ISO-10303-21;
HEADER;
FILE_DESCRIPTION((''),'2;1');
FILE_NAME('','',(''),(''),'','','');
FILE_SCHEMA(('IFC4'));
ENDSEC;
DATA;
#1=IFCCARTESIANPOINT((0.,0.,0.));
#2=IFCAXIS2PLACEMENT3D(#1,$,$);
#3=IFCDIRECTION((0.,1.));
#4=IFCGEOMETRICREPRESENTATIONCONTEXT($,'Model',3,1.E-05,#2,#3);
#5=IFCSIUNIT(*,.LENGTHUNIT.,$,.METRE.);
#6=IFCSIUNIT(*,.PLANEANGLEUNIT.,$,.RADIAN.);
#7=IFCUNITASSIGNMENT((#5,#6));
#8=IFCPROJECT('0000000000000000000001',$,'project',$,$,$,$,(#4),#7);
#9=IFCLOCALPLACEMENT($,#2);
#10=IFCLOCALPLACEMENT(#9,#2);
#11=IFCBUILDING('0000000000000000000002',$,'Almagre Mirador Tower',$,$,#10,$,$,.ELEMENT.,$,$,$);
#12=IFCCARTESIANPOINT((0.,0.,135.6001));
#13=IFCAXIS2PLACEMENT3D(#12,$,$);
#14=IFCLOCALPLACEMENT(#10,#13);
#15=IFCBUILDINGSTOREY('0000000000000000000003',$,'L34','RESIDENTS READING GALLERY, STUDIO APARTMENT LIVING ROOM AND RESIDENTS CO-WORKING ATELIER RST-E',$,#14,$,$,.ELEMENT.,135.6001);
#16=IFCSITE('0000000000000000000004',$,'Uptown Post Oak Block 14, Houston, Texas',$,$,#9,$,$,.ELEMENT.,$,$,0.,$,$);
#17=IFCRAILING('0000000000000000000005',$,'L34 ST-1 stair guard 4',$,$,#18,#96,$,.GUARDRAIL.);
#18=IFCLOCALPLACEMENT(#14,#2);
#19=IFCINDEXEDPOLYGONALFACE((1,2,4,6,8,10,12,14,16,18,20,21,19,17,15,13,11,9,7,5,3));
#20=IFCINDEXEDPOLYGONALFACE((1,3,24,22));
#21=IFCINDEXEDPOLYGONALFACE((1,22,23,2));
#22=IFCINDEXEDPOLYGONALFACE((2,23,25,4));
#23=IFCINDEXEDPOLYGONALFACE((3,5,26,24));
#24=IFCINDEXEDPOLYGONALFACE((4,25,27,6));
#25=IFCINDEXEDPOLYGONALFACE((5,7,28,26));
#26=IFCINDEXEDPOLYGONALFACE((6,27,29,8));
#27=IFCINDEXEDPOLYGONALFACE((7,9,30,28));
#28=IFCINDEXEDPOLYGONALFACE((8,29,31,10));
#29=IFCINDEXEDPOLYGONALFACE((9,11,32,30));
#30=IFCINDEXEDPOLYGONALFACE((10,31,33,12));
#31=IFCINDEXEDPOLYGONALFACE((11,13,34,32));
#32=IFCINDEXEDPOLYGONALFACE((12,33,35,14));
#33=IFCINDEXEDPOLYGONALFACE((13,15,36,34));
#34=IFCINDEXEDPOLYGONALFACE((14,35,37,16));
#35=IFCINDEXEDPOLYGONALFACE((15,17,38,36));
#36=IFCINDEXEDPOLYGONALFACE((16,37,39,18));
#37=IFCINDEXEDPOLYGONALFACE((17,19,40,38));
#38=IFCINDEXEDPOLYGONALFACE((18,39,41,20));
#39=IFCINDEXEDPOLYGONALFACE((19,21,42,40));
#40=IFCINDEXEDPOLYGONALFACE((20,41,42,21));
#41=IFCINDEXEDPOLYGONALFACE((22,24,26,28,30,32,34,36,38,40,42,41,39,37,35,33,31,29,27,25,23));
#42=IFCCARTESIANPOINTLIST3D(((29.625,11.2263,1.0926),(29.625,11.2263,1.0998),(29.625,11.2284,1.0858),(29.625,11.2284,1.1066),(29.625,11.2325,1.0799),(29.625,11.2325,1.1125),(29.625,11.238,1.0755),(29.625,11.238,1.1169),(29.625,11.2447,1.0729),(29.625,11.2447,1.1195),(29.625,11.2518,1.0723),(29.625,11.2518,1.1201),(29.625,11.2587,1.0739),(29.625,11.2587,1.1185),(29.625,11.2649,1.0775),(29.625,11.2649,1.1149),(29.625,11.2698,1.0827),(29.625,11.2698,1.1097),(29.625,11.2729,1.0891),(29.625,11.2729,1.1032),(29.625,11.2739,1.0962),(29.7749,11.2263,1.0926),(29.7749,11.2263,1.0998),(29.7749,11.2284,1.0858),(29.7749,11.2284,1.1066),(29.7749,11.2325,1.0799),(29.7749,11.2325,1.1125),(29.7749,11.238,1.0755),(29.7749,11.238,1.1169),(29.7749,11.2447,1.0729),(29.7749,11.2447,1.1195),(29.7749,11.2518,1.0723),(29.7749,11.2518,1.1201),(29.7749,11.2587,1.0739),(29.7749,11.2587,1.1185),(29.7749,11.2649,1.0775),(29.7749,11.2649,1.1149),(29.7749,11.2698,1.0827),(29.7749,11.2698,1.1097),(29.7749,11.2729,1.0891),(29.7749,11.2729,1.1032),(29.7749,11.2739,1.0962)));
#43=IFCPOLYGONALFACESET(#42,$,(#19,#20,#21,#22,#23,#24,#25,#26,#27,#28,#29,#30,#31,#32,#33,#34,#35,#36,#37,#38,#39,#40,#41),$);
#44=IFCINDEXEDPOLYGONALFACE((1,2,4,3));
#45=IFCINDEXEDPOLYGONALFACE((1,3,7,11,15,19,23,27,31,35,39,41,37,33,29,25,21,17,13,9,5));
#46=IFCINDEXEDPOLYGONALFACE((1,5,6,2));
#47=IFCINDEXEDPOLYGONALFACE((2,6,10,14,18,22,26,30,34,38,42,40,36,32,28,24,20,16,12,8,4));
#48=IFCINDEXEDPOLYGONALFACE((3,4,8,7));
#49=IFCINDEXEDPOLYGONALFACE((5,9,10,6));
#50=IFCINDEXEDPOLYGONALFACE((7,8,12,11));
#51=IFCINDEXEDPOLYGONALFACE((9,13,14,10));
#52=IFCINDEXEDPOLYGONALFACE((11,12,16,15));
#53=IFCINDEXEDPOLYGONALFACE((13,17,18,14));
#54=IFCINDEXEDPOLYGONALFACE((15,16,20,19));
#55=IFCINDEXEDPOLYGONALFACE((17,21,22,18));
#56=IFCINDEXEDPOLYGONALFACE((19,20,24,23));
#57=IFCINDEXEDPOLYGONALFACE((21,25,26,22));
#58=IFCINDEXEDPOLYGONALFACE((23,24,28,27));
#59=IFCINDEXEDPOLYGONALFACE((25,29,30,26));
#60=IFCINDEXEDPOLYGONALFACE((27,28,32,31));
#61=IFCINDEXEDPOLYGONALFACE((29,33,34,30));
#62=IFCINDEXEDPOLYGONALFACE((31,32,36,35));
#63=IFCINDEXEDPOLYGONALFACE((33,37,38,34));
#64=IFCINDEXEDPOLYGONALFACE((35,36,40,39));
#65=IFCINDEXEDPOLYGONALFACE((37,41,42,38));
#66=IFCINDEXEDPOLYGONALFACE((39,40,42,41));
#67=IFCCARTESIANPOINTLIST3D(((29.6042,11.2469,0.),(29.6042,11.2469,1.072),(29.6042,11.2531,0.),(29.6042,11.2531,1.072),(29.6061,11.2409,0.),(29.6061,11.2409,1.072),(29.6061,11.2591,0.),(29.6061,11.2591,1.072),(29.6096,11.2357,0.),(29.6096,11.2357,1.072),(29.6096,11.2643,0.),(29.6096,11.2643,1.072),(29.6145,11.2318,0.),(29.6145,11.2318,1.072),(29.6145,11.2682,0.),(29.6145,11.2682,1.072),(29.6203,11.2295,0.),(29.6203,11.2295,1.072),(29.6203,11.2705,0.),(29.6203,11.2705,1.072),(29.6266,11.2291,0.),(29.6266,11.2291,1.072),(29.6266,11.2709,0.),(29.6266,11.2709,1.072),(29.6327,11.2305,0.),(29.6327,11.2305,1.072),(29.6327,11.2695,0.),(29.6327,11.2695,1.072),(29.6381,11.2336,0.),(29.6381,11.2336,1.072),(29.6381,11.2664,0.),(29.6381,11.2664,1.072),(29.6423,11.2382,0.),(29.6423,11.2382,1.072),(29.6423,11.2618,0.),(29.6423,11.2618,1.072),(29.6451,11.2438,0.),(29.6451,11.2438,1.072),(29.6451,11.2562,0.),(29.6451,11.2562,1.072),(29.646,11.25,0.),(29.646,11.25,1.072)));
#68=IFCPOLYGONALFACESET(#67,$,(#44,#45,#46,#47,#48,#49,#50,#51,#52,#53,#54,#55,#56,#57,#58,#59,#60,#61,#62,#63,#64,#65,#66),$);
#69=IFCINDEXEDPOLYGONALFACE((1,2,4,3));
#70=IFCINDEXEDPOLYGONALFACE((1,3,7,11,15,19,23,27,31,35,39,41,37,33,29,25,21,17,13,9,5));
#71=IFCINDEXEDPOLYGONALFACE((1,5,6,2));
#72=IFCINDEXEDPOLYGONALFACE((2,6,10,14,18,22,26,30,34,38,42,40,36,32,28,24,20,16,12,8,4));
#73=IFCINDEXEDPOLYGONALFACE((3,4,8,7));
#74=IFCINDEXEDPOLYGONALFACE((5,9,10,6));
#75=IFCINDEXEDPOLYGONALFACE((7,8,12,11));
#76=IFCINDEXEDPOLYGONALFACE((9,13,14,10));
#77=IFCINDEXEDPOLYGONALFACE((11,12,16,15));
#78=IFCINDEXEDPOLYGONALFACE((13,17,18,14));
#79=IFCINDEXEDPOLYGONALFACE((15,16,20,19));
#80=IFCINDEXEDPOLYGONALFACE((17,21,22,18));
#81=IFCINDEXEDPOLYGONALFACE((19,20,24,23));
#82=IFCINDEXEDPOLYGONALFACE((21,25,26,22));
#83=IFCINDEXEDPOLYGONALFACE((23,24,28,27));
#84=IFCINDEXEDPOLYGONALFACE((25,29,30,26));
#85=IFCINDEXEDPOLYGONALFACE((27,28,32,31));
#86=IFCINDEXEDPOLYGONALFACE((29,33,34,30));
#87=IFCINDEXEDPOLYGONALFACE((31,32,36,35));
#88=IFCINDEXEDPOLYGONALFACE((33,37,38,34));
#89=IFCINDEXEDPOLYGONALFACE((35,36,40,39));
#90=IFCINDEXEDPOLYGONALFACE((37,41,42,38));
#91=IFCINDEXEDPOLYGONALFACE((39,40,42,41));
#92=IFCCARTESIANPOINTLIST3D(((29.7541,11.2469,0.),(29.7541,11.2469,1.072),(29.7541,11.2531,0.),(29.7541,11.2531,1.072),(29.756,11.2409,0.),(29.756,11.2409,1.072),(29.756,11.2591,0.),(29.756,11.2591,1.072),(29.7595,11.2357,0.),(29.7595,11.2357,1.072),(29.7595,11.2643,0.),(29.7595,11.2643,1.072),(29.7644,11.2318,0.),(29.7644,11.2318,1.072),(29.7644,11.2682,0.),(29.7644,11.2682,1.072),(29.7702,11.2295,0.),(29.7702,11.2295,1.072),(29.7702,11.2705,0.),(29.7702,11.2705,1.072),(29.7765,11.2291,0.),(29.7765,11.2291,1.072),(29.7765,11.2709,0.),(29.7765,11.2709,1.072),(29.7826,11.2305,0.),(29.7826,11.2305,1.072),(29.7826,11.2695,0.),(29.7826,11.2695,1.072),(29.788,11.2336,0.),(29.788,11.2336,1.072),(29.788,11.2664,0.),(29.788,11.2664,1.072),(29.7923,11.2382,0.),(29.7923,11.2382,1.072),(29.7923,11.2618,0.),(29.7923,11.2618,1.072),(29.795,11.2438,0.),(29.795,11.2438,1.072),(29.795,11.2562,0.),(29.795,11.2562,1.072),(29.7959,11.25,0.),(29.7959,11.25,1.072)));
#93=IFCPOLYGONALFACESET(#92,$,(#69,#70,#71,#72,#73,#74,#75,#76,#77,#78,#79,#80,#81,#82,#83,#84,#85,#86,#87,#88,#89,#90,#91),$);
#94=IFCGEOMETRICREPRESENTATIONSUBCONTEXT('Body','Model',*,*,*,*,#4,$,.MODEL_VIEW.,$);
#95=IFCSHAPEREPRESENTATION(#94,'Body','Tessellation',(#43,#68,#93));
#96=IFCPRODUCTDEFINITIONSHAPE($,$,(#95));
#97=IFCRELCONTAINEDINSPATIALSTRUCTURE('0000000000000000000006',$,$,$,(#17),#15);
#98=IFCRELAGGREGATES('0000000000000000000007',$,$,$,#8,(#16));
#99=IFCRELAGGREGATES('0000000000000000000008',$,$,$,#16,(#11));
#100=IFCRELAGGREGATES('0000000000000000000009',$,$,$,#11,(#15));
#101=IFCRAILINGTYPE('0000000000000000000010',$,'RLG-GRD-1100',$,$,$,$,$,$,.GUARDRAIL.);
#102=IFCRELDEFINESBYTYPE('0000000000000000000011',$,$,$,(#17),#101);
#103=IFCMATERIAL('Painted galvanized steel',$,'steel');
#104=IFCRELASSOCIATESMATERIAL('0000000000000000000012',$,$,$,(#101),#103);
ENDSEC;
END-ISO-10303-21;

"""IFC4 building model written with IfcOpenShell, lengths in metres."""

from ifc_helpers import new_model, si_unit, direction, frame, origin, origin_2d, place, context, subcontext, project, spatial, circle, extrude, material, type_object, element, save


model = new_model("IFC4")

# Units and contexts
model_context = context("Model", 3, precision=1e-05, world=origin(), true_north=direction((0.0, 1.0)))
body_context = subcontext(model_context, "Body", "Model", "MODEL_VIEW")
ifc_project = project(units=[si_unit("LENGTHUNIT", "METRE"), si_unit("PLANEANGLEUNIT", "RADIAN")], contexts=[model_context])

# Site, building, storey
site_placement = place(None, origin())
site = spatial("IfcSite", under=ifc_project, at=site_placement, Name="Uptown Post Oak Block 14, Houston, Texas", CompositionType="ELEMENT", RefElevation=0.0)
building_placement = place(site_placement, origin())
building = spatial("IfcBuilding", under=site, at=building_placement, Name="Almagre Mirador Tower", CompositionType="ELEMENT")
storey_placement = place(building_placement, frame((0.0, 0.0, 135.6001)))
storey = spatial("IfcBuildingStorey", under=building, at=storey_placement, Name="L34", Description="RESIDENTS READING GALLERY, STUDIO APARTMENT LIVING ROOM AND RESIDENTS CO-WORKING ATELIER RST-E", CompositionType="ELEMENT", Elevation=135.6001)

# Railing
ifc_material_1 = material(Name="Painted galvanized steel", Category="steel")
railing_type_1 = type_object("IfcRailingType", Name="RLG-GRD-1100", PredefinedType="GUARDRAIL", material=ifc_material_1)
railing_1_placement = place(storey_placement, frame((29.625, 11.25, 0.0)))
element("IfcRailing", 1, at=railing_1_placement, inside=storey, type_object=railing_type_1, Name="L34 ST-1 stair guard 4", PredefinedType="GUARDRAIL", context=body_context, shape_type="SweptSolid", body=[
    extrude(circle(Radius=0.0239, at=origin_2d()), frame((0.0, 0.0, 1.0962), z_axis=(1.0, 0.0, 0.0), x_axis=(0.0, 1.0, 0.0)), (0.0, 0.0, 1.0), 0.1499),
    extrude(circle(Radius=0.021, at=origin_2d()), origin(), (0.0, 0.0, 1.0), 1.072),
    extrude(circle(Radius=0.021, at=origin_2d()), frame((0.1499, 0.0, 0.0)), (0.0, 0.0, 1.0), 1.072),
])

save(model, "model.ifc")
